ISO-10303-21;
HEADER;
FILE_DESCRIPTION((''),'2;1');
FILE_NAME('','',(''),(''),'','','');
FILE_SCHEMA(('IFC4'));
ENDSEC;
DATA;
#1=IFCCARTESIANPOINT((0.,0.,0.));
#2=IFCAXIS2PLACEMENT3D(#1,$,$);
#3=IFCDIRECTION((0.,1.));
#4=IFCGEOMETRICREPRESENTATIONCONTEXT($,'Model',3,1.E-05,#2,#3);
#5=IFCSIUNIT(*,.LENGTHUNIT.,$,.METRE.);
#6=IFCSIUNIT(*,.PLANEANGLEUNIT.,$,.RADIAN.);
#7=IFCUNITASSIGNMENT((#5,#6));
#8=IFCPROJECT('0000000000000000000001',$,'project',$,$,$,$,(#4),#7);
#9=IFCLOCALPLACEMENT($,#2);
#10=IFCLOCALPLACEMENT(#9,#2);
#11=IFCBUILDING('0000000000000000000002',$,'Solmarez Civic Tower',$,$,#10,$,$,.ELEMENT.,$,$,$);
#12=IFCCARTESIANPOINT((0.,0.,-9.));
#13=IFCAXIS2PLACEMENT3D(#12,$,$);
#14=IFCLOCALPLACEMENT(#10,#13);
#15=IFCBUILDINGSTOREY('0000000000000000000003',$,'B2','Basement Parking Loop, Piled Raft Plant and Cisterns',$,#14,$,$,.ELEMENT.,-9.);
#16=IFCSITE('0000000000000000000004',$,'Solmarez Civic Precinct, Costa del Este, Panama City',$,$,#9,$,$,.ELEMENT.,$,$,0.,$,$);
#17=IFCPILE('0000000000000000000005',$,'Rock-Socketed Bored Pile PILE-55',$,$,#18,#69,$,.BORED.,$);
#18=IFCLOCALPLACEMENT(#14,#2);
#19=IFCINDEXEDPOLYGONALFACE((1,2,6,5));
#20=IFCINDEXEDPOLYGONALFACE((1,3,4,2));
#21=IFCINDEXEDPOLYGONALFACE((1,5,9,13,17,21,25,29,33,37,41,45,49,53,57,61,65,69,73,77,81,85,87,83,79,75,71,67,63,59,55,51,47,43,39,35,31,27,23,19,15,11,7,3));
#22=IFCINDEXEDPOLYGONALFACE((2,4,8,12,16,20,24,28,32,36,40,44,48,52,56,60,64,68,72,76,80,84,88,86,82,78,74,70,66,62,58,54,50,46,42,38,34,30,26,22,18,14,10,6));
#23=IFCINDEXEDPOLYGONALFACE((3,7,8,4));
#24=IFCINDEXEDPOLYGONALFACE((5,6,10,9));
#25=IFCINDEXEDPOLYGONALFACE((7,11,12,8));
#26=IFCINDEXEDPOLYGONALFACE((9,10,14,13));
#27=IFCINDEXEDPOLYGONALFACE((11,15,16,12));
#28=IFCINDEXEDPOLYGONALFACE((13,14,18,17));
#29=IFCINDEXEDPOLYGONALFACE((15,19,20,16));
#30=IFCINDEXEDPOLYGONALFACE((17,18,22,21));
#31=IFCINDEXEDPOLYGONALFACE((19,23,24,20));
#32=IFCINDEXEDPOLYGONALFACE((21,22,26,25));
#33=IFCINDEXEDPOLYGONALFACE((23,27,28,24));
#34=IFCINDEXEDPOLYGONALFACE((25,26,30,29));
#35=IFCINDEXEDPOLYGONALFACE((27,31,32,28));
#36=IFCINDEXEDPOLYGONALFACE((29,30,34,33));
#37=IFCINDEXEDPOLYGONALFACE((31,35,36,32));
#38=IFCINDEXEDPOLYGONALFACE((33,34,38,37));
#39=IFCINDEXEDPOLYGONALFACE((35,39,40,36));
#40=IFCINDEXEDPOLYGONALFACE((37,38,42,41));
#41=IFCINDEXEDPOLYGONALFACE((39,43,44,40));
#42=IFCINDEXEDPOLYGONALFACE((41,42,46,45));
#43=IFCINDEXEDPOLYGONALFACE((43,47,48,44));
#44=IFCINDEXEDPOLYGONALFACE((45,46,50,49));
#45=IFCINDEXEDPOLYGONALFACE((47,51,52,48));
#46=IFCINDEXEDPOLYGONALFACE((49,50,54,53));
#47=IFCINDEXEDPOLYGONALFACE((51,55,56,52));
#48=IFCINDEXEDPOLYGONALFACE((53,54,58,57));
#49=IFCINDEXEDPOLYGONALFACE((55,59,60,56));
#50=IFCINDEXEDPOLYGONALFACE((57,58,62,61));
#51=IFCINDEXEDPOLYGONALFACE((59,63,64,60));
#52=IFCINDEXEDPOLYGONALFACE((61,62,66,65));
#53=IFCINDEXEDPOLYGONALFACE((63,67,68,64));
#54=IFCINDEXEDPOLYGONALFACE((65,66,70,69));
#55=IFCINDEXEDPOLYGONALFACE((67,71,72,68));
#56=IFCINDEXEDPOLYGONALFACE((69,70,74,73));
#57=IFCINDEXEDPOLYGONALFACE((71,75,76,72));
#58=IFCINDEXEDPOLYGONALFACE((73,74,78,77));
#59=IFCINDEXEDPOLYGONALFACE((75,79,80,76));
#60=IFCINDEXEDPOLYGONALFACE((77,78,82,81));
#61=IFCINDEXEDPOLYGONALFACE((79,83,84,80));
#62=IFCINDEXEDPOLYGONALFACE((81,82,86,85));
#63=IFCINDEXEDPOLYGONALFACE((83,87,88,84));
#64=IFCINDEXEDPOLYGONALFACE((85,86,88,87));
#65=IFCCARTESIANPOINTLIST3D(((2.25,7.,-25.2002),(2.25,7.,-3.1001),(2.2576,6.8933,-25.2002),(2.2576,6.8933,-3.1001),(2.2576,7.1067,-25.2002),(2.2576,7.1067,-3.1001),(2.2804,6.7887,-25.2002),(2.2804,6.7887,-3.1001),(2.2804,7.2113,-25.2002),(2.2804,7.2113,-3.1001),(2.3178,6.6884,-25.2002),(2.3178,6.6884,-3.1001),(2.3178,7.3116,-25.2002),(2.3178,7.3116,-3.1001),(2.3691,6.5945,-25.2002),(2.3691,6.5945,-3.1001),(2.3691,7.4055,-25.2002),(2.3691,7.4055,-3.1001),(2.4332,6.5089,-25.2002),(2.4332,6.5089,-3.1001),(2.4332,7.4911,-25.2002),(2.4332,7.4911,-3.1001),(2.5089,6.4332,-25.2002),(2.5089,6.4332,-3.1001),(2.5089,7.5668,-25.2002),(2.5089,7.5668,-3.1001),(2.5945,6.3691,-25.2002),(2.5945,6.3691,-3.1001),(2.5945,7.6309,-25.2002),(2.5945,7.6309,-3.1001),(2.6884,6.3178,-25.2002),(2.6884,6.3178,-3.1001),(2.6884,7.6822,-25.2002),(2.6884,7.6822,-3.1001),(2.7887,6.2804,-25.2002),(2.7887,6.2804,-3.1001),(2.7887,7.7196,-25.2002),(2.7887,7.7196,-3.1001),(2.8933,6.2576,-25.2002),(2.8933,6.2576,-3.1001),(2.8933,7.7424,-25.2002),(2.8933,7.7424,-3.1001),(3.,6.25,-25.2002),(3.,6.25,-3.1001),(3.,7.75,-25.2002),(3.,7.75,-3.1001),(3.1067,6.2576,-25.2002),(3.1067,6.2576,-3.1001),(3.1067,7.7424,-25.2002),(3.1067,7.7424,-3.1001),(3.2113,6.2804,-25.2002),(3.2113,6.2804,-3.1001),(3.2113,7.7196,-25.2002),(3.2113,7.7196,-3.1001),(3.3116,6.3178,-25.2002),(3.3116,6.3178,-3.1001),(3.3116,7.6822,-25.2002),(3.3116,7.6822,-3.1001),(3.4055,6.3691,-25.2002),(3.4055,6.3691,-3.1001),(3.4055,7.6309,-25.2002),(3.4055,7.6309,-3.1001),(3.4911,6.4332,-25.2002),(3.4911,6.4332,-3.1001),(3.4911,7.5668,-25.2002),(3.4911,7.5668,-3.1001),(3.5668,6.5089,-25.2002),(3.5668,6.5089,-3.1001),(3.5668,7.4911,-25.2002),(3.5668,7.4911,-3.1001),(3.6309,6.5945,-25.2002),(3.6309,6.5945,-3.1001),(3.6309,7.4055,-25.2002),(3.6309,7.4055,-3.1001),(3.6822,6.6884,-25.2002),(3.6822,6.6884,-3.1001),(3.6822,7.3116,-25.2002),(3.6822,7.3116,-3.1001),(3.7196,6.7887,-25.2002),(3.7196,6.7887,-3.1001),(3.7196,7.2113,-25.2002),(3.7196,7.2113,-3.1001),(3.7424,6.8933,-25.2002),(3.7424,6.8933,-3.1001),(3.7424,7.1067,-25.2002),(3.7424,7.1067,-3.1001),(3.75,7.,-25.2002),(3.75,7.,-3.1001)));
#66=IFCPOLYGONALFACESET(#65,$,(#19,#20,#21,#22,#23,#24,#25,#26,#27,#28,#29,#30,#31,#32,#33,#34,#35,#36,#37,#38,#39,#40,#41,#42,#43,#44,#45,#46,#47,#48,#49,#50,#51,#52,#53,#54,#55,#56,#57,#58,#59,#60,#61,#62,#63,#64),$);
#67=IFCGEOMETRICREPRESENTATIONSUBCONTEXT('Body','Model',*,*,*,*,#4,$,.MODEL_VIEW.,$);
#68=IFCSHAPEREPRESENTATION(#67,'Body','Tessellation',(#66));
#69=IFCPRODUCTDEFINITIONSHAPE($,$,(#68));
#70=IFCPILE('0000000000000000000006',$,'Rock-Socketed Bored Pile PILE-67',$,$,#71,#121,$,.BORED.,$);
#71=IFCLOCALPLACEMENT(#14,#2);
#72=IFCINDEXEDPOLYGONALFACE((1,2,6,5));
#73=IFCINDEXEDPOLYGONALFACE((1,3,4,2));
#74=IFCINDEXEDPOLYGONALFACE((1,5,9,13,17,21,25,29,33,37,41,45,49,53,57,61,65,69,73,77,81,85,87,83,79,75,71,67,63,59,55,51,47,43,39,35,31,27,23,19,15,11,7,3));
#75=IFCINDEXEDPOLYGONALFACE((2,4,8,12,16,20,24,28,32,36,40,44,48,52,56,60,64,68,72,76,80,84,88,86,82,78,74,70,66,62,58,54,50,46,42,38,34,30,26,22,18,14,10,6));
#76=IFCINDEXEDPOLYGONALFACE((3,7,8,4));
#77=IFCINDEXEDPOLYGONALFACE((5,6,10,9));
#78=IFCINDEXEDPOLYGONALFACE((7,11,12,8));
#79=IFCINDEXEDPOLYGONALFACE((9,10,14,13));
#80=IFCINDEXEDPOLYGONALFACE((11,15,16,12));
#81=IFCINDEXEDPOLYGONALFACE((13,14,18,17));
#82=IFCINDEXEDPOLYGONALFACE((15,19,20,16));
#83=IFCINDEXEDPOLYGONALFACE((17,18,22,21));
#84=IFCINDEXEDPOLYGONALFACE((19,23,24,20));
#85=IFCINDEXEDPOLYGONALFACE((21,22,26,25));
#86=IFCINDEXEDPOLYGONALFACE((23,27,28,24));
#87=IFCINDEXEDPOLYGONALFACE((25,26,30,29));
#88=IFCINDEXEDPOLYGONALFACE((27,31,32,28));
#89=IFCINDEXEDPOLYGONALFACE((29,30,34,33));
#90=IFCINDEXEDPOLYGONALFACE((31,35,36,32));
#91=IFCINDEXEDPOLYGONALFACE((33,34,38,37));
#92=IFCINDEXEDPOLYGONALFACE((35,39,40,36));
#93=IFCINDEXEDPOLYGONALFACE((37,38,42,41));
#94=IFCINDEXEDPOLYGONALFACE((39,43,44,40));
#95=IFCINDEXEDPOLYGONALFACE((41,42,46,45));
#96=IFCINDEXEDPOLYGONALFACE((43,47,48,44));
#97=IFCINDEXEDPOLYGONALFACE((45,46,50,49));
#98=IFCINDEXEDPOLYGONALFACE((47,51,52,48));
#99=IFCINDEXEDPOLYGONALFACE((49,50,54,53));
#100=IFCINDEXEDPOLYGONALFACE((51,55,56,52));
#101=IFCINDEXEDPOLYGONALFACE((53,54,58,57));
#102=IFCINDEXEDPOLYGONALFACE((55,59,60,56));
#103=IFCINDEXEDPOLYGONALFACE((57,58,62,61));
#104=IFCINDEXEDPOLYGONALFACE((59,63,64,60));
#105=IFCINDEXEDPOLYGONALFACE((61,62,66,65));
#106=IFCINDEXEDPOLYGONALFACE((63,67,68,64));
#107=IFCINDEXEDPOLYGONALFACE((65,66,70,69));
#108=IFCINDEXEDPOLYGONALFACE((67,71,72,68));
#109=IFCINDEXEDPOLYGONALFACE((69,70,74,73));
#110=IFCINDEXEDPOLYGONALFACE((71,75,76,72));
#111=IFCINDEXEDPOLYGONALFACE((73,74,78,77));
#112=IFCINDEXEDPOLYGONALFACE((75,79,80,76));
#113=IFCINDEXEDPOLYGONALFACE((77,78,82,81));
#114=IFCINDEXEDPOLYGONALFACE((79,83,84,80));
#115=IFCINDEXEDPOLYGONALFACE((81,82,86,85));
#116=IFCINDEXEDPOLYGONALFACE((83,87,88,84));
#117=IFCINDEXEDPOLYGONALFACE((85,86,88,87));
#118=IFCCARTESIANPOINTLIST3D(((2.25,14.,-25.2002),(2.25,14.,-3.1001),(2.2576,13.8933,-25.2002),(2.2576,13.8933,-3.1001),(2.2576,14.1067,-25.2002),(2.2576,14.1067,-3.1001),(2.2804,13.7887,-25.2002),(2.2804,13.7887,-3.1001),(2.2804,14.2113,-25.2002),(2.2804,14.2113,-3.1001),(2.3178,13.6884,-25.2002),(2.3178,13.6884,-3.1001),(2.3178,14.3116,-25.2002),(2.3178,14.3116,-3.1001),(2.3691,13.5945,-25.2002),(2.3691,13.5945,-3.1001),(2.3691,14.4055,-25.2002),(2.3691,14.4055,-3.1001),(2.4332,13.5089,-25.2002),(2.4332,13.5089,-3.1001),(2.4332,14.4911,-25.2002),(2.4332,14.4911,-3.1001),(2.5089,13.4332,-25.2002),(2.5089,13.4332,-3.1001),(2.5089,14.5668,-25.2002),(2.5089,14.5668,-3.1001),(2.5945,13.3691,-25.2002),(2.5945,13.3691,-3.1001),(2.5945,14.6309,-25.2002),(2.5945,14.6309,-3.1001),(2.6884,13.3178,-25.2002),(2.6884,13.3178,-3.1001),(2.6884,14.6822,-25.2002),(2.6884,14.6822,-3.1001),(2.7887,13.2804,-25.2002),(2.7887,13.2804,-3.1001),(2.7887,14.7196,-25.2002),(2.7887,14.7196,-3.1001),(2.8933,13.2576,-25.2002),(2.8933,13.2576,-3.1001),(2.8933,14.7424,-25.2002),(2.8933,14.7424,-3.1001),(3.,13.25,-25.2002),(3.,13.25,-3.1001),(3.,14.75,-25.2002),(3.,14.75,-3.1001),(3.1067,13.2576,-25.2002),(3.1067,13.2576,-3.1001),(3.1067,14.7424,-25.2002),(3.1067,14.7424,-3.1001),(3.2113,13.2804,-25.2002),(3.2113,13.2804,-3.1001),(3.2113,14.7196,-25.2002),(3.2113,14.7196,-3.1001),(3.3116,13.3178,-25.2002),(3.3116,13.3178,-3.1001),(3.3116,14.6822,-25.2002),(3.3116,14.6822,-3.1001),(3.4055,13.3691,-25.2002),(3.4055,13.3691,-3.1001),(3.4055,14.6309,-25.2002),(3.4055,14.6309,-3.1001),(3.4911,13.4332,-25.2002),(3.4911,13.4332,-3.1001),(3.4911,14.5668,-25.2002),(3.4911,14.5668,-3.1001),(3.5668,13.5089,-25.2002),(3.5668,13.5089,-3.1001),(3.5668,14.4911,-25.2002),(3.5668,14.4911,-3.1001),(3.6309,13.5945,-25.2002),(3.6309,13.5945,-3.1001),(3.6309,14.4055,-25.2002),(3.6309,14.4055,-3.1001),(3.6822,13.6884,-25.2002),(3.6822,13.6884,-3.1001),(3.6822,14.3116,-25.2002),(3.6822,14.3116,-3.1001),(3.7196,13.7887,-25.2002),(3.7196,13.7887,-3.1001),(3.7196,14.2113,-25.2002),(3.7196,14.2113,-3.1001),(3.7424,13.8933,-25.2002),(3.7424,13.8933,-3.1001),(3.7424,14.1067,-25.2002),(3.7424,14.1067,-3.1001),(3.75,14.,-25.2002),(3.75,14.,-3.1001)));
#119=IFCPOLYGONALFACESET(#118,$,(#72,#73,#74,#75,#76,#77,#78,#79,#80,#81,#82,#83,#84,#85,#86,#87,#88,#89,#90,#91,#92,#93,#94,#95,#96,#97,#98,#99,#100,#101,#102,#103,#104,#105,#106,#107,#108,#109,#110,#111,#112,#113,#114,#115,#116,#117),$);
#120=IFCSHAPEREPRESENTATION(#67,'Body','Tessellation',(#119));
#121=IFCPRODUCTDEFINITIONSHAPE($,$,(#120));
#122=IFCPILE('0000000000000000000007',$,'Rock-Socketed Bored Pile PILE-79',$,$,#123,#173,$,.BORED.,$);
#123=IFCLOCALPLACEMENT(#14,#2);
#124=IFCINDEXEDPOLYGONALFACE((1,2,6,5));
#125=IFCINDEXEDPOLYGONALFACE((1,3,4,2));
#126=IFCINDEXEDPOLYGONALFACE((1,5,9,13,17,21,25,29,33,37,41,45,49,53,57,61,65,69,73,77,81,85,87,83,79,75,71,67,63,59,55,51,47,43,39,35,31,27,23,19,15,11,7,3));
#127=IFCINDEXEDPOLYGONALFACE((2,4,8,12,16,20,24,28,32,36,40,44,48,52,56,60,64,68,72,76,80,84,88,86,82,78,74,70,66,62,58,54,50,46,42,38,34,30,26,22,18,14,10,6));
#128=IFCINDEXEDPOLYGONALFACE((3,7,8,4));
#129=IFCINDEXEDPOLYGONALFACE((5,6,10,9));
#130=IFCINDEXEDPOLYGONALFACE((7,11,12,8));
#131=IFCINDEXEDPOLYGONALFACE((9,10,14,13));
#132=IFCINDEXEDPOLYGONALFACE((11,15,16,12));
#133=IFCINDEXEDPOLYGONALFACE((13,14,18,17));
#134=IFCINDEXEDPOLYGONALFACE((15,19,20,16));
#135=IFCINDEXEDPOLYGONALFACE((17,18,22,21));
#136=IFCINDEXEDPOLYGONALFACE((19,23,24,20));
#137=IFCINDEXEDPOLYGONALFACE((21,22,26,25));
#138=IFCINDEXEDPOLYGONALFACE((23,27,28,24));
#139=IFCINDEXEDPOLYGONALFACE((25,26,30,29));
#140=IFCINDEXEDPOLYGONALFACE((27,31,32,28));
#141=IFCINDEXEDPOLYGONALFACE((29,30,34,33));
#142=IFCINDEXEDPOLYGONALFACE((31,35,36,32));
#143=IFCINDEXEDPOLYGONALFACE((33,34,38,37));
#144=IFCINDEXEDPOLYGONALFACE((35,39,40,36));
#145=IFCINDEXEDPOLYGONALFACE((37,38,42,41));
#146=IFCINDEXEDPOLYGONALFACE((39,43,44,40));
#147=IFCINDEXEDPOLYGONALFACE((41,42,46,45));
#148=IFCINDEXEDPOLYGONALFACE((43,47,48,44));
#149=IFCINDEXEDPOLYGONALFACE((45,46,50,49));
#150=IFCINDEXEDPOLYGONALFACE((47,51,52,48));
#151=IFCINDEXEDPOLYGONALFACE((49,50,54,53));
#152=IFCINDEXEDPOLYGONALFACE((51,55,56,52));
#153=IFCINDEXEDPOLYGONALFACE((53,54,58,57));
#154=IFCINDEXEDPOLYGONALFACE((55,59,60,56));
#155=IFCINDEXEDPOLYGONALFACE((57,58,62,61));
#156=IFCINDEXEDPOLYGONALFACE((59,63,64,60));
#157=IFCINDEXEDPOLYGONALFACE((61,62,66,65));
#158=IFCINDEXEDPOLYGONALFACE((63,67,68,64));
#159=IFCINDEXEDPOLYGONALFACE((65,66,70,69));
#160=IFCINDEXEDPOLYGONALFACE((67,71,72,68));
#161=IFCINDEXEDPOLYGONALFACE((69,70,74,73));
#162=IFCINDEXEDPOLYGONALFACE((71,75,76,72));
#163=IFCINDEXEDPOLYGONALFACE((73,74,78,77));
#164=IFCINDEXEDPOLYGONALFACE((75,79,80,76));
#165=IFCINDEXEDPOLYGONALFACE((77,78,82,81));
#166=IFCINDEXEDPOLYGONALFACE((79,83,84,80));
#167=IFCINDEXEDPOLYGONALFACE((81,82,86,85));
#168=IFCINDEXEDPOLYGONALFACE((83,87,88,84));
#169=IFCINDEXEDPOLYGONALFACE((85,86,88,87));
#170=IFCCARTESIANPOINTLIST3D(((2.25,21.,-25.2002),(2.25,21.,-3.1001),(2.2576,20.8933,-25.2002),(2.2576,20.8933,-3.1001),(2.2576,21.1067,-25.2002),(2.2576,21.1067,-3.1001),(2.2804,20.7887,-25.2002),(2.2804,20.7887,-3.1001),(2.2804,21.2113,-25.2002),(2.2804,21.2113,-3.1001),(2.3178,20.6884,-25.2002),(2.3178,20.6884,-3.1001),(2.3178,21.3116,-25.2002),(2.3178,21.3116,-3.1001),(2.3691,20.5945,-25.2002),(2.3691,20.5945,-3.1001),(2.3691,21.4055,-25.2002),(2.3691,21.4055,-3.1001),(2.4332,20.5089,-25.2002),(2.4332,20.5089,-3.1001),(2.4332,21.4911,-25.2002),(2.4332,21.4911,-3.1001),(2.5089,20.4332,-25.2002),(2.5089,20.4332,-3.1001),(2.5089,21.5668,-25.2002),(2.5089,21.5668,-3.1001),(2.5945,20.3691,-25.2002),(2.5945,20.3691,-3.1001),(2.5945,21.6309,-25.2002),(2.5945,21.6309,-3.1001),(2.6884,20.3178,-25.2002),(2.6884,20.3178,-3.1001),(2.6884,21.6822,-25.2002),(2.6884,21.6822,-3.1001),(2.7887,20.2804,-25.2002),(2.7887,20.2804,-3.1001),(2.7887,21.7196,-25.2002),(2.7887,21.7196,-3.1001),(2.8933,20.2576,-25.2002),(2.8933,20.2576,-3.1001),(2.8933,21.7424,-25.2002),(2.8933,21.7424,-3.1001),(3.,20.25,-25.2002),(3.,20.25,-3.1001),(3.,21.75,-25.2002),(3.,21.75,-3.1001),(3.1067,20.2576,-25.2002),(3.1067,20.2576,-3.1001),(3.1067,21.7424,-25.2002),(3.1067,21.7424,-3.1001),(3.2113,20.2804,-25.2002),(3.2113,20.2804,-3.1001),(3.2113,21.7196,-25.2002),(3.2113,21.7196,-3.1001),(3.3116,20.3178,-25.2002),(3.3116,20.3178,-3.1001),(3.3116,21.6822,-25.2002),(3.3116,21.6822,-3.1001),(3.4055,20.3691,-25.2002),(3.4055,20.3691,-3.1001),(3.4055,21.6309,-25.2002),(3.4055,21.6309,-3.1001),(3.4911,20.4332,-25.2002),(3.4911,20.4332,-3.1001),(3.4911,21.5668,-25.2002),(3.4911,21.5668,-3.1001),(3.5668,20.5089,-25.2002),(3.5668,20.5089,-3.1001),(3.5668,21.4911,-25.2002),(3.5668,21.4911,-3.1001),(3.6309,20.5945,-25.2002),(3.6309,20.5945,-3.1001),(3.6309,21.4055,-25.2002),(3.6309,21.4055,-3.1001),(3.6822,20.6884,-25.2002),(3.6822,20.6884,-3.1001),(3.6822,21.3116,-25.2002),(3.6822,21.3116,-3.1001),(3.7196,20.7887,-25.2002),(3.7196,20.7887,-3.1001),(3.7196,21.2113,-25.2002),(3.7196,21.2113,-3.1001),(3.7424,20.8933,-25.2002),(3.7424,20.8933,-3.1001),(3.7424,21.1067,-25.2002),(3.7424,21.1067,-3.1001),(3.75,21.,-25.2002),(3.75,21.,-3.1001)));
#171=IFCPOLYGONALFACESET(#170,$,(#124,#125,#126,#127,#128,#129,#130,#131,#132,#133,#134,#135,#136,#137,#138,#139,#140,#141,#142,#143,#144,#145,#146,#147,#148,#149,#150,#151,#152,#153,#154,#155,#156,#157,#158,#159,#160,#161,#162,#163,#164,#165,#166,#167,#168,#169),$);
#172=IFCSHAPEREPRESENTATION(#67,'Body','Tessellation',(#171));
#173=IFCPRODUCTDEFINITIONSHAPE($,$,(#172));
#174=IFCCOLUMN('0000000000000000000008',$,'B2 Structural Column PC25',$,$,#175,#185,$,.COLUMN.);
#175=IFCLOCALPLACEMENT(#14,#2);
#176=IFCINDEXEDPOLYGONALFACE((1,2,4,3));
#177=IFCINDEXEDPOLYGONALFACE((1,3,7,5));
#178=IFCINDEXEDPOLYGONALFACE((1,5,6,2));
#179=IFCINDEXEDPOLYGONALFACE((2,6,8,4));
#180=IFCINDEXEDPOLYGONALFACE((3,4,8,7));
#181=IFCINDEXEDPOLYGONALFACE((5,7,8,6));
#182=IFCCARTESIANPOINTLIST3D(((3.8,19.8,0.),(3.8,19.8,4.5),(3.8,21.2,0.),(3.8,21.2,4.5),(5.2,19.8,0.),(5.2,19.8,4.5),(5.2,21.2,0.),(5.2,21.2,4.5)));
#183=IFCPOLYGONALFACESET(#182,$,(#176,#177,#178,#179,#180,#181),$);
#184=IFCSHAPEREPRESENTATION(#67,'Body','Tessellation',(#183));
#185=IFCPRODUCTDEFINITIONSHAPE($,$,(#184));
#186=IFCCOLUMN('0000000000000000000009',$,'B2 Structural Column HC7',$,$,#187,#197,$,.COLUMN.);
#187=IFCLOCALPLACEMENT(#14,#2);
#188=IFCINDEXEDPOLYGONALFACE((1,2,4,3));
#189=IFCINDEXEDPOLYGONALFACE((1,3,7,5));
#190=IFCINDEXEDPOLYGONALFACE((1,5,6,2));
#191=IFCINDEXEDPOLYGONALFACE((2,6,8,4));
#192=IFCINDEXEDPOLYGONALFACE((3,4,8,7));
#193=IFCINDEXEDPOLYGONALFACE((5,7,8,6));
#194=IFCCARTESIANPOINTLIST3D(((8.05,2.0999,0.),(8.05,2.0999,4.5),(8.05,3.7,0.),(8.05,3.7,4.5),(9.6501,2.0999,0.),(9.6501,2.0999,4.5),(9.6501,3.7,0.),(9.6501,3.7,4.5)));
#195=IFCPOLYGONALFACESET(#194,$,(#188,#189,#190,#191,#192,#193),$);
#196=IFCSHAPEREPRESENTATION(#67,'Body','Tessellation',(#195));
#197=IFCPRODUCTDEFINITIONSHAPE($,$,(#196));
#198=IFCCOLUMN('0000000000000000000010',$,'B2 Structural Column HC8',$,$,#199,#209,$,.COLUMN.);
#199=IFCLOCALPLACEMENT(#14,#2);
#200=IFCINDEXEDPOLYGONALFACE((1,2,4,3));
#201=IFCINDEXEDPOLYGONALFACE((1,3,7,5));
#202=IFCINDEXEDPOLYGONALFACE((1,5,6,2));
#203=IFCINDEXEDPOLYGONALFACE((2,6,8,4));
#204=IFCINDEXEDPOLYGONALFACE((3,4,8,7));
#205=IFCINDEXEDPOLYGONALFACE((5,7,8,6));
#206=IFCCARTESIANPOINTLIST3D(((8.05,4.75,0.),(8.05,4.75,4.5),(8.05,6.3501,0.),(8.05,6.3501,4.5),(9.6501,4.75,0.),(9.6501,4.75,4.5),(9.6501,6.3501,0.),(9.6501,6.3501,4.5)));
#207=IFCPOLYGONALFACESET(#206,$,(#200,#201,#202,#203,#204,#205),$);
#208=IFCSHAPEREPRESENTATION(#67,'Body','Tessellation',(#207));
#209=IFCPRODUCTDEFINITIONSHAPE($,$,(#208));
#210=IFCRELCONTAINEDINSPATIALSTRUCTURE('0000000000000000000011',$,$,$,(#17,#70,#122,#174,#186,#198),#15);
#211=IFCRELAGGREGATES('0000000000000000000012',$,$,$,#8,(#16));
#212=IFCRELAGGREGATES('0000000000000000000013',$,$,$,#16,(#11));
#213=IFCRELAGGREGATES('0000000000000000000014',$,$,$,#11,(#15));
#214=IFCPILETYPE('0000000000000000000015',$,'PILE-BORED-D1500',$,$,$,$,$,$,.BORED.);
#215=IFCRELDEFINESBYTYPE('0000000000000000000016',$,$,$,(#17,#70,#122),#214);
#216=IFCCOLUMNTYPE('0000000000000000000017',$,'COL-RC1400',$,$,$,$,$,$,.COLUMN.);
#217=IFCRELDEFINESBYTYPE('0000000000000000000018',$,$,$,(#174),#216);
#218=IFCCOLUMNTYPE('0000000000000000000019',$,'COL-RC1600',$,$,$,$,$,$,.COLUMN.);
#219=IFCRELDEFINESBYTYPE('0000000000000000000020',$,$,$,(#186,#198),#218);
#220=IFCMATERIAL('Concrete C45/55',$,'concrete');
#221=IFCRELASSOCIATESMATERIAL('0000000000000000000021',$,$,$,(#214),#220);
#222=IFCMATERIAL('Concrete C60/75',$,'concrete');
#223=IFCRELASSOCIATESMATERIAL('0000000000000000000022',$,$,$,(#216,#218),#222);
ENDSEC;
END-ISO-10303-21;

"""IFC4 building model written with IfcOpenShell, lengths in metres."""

from ifc_helpers import new_model, si_unit, direction, frame, origin, origin_2d, place, context, subcontext, project, spatial, rectangle, circle, extrude, material, material_profile, profile_set, type_object, element, save


model = new_model("IFC4")

# Units and contexts
model_context = context("Model", 3, precision=1e-05, world=origin(), true_north=direction((0.0, 1.0)))
body_context = subcontext(model_context, "Body", "Model", "MODEL_VIEW")
ifc_project = project(units=[si_unit("LENGTHUNIT", "METRE"), si_unit("PLANEANGLEUNIT", "RADIAN")], contexts=[model_context])

# Site, building, storey
site_placement = place(None, origin())
site = spatial("IfcSite", under=ifc_project, at=site_placement, Name="Solmarez Civic Precinct, Costa del Este, Panama City", CompositionType="ELEMENT", RefElevation=0.0)
building_placement = place(site_placement, origin())
building = spatial("IfcBuilding", under=site, at=building_placement, Name="Solmarez Civic Tower", CompositionType="ELEMENT")
storey_placement = place(building_placement, frame((0.0, 0.0, -9.0)))
storey = spatial("IfcBuildingStorey", under=building, at=storey_placement, Name="B2", Description="Basement Parking Loop, Piled Raft Plant and Cisterns", CompositionType="ELEMENT", Elevation=-9.0)

# Piles
ifc_material_1 = material(Name="Concrete C45/55", Category="concrete")
ifc_material_profile_1 = material_profile(ifc_material_1, circle(Radius=0.75, at=origin_2d()), Name="PILE-D1500")
ifc_profile_set_1 = profile_set([ifc_material_profile_1], Name="Concrete C45/55")
pile_type = type_object("IfcPileType", Name="PILE-BORED-D1500", PredefinedType="BORED", material=ifc_profile_set_1)
for number, where, z_axis, x_axis, name in (
    (1, (3.0, 7.0, -3.1001), (0.0, 0.0, -1.0), (1.0, 0.0, 0.0), "Rock-Socketed Bored Pile PILE-55"),
    (2, (3.0, 14.0, -3.1001), (0.0, 0.0, -1.0), (1.0, 0.0, 0.0), "Rock-Socketed Bored Pile PILE-67"),
    (3, (3.0, 21.0, -3.1001), (0.0, 0.0, -1.0), (1.0, 0.0, 0.0), "Rock-Socketed Bored Pile PILE-79"),
):
    element("IfcPile", number, at=place(storey_placement, frame(where, z_axis=z_axis, x_axis=x_axis)), inside=storey, type_object=pile_type, Name=name, PredefinedType="BORED", context=body_context, shape_type="SweptSolid", body=[
        extrude(circle(Radius=0.75, at=origin_2d()), origin(), (0.0, 0.0, 1.0), 22.1001),
    ])

# Columns
ifc_material_2 = material(Name="Concrete C60/75", Category="concrete")
ifc_material_profile_2 = material_profile(ifc_material_2, rectangle(XDim=1.3999, YDim=1.3999, at=origin_2d()), Name="RC1400X1400")
ifc_profile_set_2 = profile_set([ifc_material_profile_2], Name="Concrete C60/75")
column_type_1 = type_object("IfcColumnType", Name="COL-RC1400", PredefinedType="COLUMN", material=ifc_profile_set_2)
column_placement = place(storey_placement, frame((4.5, 20.5, 0.0), z_axis=(0.0, 0.0, 1.0), x_axis=(1.0, 0.0, 0.0)))
element("IfcColumn", 4, at=column_placement, inside=storey, type_object=column_type_1, Name="B2 Structural Column PC25", PredefinedType="COLUMN", context=body_context, shape_type="SweptSolid", body=[
    extrude(rectangle(XDim=1.3999, YDim=1.3999, at=origin_2d()), origin(), (0.0, 0.0, 1.0), 4.5),
])
ifc_material_profile_3 = material_profile(ifc_material_2, rectangle(XDim=1.6001, YDim=1.6001, at=origin_2d()), Name="RC1600X1600")
ifc_profile_set_3 = profile_set([ifc_material_profile_3], Name="Concrete C60/75")
column_type_2 = type_object("IfcColumnType", Name="COL-RC1600", PredefinedType="COLUMN", material=ifc_profile_set_3)
for number, where, z_axis, x_axis, name in (
    (5, (8.8501, 2.8999, 0.0), (0.0, 0.0, 1.0), (1.0, 0.0, 0.0), "B2 Structural Column HC7"),
    (6, (8.8501, 5.55, 0.0), (0.0, 0.0, 1.0), (1.0, 0.0, 0.0), "B2 Structural Column HC8"),
):
    element("IfcColumn", number, at=place(storey_placement, frame(where, z_axis=z_axis, x_axis=x_axis)), inside=storey, type_object=column_type_2, Name=name, PredefinedType="COLUMN", context=body_context, shape_type="SweptSolid", body=[
        extrude(rectangle(XDim=1.6001, YDim=1.6001, at=origin_2d()), origin(), (0.0, 0.0, 1.0), 4.5),
    ])

save(model, "model.ifc")
